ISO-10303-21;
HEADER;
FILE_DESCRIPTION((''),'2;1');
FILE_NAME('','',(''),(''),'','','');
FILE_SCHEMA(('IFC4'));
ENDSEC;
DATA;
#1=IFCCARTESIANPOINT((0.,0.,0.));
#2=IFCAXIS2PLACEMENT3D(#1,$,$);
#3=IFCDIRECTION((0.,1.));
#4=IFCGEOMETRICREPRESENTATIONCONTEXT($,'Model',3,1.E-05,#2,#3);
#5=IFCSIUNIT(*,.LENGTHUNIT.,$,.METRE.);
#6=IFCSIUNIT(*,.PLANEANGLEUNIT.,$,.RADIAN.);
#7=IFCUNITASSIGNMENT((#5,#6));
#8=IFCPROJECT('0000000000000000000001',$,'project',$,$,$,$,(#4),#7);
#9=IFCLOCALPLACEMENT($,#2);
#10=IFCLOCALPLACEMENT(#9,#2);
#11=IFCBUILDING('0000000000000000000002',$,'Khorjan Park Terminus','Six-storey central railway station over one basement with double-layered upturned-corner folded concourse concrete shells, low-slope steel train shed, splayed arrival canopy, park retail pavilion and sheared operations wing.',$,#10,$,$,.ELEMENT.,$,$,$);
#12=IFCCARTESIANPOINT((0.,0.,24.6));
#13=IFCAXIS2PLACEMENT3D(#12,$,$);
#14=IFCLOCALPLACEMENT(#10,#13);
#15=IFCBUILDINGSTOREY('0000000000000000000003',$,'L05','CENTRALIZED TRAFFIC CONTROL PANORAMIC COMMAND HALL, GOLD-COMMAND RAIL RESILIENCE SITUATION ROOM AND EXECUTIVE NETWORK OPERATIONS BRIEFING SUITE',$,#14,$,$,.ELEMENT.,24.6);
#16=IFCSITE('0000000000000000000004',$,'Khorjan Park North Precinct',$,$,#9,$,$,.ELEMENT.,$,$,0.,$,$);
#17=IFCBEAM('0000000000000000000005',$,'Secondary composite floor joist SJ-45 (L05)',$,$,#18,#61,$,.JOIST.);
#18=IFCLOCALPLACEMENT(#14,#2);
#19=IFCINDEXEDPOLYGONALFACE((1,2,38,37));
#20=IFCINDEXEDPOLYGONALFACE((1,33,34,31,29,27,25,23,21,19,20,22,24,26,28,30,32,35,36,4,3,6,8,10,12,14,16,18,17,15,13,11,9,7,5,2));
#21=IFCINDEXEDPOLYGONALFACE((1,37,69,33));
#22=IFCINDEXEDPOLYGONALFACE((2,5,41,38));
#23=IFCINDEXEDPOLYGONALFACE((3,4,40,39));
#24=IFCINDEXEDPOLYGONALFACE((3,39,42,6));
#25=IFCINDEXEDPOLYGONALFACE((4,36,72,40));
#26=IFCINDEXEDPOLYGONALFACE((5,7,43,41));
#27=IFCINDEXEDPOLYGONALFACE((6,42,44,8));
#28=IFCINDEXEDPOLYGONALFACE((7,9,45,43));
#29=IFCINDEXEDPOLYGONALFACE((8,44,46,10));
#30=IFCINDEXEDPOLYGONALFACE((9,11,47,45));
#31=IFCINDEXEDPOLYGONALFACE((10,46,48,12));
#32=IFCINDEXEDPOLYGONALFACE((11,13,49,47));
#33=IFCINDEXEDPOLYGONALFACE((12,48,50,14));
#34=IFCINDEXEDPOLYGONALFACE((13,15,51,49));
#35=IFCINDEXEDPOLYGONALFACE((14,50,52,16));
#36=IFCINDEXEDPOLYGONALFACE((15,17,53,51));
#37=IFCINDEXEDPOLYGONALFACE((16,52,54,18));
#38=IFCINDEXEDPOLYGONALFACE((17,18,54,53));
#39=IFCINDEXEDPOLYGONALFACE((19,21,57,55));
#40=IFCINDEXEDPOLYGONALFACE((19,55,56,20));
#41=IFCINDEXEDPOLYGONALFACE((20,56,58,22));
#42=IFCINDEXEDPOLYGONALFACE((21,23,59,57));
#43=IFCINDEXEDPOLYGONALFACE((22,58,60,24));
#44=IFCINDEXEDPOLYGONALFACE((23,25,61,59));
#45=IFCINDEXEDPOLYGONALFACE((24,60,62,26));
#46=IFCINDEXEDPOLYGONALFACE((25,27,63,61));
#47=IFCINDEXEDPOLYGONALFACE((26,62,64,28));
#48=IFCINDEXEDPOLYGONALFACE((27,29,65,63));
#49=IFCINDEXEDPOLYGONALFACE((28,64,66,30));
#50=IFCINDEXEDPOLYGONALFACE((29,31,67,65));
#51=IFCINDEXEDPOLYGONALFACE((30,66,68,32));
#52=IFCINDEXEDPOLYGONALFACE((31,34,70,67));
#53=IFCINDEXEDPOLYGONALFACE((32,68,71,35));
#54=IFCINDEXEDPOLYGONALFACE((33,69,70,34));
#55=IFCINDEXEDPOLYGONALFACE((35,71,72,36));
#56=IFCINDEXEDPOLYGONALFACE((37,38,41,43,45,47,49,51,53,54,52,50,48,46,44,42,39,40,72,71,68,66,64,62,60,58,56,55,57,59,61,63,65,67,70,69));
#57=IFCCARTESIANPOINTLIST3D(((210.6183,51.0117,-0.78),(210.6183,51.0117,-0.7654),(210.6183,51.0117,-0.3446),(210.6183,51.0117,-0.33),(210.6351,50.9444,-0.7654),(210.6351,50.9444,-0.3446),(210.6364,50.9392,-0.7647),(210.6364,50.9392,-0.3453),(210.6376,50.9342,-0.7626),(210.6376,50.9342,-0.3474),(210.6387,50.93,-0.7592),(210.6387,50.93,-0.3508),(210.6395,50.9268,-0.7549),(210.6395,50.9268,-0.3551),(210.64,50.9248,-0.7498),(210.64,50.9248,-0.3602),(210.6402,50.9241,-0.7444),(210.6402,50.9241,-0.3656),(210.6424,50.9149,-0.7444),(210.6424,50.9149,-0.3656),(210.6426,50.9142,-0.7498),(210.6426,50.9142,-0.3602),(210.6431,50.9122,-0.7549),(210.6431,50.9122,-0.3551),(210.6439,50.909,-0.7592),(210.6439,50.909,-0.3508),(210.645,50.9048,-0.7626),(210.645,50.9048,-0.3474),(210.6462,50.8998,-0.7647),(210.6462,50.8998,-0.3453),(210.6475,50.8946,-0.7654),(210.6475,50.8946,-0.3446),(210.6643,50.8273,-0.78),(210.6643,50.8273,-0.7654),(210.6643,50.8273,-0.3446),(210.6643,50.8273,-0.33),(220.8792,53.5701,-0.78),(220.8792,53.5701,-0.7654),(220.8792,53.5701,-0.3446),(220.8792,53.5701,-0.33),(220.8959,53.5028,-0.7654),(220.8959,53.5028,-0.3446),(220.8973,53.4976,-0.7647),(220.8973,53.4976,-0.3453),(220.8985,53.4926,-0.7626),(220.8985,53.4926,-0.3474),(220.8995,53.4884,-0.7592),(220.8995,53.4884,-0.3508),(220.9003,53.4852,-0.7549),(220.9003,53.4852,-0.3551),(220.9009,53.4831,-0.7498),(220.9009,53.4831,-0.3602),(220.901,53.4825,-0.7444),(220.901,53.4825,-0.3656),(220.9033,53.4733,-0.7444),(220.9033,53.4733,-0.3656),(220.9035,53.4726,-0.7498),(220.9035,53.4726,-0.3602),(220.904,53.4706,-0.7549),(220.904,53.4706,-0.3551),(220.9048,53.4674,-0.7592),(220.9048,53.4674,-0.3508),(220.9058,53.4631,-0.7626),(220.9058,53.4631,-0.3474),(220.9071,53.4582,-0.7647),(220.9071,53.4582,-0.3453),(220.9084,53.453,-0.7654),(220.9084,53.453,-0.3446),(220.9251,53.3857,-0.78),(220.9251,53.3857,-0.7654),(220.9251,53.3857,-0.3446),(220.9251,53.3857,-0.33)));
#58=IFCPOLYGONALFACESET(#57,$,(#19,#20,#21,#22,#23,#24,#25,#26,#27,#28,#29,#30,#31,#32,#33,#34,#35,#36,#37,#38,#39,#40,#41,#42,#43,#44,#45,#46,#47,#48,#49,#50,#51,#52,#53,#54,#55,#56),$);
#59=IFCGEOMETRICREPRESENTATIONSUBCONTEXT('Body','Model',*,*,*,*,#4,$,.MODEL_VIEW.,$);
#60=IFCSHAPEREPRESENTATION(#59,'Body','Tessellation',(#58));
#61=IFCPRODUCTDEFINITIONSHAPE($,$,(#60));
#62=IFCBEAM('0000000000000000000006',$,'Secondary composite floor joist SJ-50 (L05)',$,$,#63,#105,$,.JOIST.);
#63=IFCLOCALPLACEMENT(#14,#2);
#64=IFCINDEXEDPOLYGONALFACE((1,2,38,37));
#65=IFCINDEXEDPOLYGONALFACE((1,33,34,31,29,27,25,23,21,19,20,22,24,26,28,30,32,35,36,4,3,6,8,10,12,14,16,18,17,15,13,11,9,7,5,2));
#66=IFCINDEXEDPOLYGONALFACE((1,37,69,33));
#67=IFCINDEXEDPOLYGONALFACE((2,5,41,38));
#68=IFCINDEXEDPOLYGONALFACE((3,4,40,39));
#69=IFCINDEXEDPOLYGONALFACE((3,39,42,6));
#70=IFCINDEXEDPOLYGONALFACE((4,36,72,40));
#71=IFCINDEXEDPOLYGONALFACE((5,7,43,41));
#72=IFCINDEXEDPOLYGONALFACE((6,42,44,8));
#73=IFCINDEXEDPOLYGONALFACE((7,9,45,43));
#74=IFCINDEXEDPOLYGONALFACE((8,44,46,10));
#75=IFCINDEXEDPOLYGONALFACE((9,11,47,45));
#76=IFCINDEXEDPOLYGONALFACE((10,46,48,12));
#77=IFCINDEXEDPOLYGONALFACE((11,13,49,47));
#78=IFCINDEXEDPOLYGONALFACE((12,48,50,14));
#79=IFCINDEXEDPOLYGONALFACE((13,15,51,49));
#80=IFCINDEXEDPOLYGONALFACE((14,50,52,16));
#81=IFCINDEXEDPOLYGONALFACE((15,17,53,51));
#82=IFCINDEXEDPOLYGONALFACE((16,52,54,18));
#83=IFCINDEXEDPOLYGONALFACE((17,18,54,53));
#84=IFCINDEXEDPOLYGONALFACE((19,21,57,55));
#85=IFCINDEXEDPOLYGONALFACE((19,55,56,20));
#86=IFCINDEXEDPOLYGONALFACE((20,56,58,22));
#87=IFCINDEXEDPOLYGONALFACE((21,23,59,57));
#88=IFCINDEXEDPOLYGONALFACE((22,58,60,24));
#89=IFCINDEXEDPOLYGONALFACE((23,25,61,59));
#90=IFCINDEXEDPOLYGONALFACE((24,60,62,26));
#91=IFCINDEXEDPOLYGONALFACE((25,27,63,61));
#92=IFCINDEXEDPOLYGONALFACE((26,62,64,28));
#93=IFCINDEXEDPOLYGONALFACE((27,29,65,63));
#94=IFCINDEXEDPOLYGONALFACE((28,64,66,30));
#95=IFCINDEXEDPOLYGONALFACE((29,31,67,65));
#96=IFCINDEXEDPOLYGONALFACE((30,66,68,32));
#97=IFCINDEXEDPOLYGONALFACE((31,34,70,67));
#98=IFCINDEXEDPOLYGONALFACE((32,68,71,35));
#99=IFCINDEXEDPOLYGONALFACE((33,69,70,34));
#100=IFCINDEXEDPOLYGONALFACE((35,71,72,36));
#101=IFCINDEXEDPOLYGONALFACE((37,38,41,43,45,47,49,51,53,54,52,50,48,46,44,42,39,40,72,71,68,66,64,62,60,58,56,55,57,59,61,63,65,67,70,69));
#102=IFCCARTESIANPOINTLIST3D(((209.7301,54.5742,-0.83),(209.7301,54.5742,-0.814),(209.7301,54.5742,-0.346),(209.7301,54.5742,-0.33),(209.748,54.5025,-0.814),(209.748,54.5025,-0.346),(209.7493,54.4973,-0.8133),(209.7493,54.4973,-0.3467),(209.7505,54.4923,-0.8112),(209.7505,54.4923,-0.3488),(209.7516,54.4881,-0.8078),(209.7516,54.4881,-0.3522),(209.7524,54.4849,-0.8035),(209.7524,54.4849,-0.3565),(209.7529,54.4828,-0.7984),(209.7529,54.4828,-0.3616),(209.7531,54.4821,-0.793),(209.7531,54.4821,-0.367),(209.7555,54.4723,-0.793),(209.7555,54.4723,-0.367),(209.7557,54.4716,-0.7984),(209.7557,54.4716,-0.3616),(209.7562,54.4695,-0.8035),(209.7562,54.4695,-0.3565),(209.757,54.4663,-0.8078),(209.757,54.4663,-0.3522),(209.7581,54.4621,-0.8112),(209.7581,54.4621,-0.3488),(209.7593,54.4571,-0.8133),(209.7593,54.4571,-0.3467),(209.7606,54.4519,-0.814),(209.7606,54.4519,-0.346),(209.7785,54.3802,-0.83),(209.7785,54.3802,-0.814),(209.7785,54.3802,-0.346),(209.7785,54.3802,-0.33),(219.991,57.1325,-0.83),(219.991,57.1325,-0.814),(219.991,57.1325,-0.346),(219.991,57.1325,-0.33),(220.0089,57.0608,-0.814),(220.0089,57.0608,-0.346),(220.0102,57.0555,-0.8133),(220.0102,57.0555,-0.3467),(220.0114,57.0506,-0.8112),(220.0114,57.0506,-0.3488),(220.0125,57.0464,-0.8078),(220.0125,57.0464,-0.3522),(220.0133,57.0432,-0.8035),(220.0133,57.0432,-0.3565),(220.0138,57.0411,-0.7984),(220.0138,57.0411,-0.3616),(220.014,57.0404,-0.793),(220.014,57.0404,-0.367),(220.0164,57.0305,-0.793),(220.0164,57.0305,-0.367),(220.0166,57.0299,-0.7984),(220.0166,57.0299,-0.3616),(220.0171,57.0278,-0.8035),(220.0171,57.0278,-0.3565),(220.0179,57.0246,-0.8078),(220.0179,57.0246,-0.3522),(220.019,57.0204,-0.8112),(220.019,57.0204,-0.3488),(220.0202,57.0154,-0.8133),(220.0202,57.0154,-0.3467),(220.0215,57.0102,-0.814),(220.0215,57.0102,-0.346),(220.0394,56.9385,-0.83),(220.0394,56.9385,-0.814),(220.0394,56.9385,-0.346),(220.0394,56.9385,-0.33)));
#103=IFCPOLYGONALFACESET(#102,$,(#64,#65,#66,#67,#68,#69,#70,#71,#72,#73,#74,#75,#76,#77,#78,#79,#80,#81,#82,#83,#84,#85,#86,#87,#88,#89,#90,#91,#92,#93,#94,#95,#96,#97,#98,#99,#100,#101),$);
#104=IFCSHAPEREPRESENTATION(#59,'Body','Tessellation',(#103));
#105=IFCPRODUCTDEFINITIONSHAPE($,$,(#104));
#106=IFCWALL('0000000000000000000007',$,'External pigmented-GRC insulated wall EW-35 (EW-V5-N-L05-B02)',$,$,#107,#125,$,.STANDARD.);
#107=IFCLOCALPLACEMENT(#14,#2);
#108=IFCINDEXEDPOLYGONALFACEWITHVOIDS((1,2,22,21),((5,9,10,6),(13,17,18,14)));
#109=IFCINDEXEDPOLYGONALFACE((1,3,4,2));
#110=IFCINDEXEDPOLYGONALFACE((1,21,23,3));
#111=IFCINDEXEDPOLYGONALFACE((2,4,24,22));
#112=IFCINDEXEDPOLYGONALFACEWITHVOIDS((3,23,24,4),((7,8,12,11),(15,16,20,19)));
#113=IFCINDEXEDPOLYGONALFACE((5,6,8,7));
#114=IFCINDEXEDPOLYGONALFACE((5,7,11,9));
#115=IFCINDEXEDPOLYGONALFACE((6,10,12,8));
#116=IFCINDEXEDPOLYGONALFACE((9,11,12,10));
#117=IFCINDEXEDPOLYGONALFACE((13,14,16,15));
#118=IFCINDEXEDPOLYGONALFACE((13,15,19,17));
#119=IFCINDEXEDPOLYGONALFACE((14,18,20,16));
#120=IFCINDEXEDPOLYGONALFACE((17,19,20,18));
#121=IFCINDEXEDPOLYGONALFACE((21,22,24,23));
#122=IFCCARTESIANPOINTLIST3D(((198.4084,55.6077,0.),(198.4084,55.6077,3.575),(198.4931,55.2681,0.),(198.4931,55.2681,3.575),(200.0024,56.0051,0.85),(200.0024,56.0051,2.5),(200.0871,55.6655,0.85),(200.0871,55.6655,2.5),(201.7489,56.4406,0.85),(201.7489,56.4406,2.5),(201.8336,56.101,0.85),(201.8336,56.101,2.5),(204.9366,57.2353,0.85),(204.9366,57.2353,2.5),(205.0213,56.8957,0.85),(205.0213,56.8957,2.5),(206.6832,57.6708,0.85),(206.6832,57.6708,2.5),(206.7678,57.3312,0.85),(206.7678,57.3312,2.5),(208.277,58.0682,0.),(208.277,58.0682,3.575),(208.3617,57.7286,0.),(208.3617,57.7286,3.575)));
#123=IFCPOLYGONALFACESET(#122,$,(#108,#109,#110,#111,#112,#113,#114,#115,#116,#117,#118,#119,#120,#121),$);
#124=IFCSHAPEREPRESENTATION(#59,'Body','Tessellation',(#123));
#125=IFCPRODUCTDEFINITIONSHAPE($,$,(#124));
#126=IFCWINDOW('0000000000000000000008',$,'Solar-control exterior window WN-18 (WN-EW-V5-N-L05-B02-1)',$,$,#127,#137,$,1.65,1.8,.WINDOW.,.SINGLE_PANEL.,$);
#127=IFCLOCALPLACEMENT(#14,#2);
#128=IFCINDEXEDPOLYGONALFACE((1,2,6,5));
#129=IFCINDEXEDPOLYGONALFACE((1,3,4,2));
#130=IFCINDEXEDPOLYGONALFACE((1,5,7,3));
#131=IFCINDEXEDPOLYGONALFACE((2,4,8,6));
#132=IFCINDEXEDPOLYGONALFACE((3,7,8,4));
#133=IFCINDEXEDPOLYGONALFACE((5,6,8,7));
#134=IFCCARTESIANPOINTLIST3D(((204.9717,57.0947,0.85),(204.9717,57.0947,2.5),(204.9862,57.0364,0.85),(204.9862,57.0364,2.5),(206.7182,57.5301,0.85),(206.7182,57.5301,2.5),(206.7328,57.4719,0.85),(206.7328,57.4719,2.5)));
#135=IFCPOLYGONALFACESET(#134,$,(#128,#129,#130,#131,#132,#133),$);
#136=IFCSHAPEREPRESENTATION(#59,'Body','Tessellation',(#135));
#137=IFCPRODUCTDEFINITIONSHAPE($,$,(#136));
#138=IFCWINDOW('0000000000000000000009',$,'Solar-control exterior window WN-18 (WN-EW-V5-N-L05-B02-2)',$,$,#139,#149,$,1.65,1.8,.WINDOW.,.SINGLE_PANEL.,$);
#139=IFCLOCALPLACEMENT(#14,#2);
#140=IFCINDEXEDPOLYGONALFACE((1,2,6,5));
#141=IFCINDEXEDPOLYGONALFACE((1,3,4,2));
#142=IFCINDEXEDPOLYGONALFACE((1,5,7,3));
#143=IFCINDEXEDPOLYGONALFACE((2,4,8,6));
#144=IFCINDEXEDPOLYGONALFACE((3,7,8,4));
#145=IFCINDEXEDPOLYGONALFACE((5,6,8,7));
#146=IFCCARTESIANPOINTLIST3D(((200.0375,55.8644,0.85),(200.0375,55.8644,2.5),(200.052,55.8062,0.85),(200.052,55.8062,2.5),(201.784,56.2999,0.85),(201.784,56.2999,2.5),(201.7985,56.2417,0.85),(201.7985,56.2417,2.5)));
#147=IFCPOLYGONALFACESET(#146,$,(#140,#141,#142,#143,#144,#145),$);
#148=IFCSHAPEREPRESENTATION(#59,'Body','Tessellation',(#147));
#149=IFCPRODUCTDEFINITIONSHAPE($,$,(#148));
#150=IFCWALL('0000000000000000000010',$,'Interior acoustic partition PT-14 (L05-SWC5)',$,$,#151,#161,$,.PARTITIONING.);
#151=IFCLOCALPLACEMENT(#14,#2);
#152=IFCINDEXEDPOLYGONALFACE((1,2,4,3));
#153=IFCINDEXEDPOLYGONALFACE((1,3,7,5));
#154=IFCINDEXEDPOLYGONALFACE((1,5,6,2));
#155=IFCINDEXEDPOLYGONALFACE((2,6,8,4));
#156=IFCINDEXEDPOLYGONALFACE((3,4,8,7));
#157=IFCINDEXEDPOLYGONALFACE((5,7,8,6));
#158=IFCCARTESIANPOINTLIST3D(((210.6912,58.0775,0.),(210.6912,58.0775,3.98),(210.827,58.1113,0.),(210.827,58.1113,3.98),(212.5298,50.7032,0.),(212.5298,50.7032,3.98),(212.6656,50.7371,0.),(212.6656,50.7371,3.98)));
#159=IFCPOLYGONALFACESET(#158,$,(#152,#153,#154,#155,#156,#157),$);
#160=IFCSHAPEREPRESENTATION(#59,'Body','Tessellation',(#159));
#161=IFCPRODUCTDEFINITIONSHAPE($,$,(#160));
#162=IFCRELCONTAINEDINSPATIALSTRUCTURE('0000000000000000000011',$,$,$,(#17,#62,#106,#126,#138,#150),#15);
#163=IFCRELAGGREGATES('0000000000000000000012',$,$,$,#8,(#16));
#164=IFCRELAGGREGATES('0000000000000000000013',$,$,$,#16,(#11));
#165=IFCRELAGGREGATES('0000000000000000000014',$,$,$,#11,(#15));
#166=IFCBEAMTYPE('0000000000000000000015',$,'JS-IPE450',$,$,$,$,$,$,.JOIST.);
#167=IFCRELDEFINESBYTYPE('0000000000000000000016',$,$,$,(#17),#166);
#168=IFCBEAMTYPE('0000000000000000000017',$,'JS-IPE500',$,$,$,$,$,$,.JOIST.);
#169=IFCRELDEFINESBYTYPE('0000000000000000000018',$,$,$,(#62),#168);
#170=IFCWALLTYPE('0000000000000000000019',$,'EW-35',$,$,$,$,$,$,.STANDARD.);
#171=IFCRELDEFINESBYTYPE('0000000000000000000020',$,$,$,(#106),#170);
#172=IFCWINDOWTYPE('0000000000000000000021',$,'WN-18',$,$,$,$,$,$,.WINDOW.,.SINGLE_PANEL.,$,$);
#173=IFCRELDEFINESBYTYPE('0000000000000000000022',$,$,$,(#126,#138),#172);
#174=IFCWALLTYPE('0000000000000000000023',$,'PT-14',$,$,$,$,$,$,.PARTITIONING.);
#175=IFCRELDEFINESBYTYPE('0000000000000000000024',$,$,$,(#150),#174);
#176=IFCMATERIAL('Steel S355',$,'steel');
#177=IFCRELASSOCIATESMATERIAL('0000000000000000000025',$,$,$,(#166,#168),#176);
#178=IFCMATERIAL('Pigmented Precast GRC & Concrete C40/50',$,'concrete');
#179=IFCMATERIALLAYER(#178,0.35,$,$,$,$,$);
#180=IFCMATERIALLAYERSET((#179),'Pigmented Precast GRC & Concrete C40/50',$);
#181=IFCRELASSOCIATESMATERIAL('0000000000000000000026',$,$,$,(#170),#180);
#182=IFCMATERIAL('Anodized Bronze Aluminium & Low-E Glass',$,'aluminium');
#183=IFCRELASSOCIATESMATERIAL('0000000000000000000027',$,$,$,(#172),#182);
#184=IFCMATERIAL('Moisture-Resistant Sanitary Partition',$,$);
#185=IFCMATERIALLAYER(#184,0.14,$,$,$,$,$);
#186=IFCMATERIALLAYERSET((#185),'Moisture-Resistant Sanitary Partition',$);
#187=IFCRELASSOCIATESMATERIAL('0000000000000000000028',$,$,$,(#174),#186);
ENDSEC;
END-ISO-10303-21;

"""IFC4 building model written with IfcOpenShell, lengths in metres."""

from ifc_helpers import new_model, si_unit, direction, frame, frame_2d, origin, origin_2d, place, context, subcontext, project, spatial, rectangle, i_section, extrude, material, layer, layer_set, material_profile, profile_set, type_object, element, fill, save


model = new_model("IFC4")

# Units and contexts
model_context = context("Model", 3, precision=1e-05, world=origin(), true_north=direction((0.0, 1.0)))
body_context = subcontext(model_context, "Body", "Model", "MODEL_VIEW")
ifc_project = project(units=[si_unit("LENGTHUNIT", "METRE"), si_unit("PLANEANGLEUNIT", "RADIAN")], contexts=[model_context])

# Site, building, storey
site_placement = place(None, origin())
site = spatial("IfcSite", under=ifc_project, at=site_placement, Name="Khorjan Park North Precinct", CompositionType="ELEMENT", RefElevation=0.0)
building_placement = place(site_placement, origin())
building = spatial("IfcBuilding", under=site, at=building_placement, Name="Khorjan Park Terminus", Description="Six-storey central railway station over one basement with double-layered upturned-corner folded concourse concrete shells, low-slope steel train shed, splayed arrival canopy, park retail pavilion and sheared operations wing.", CompositionType="ELEMENT")
storey_placement = place(building_placement, frame((0.0, 0.0, 24.6)))
storey = spatial("IfcBuildingStorey", under=building, at=storey_placement, Name="L05", Description="CENTRALIZED TRAFFIC CONTROL PANORAMIC COMMAND HALL, GOLD-COMMAND RAIL RESILIENCE SITUATION ROOM AND EXECUTIVE NETWORK OPERATIONS BRIEFING SUITE", CompositionType="ELEMENT", Elevation=24.6)

# Beams
ifc_material_1 = material(Name="Steel S355", Category="steel")
ifc_material_profile_1 = material_profile(ifc_material_1, i_section(OverallWidth=0.19, OverallDepth=0.45, WebThickness=0.0094, FlangeThickness=0.0146, FilletRadius=0.021, at=origin_2d()), Name="IPE 450")
ifc_profile_set_1 = profile_set([ifc_material_profile_1], Name="Steel S355")
beam_type_1 = type_object("IfcBeamType", Name="JS-IPE450", PredefinedType="JOIST", material=ifc_profile_set_1)
beam_1_placement = place(storey_placement, frame((210.6413, 50.9195, -0.555), z_axis=(0.970294, 0.241928, 0.0), x_axis=(-0.241928, 0.970294, 0.0)))
element("IfcBeam", 1, at=beam_1_placement, inside=storey, type_object=beam_type_1, Name="Secondary composite floor joist SJ-45 (L05)", PredefinedType="JOIST", context=body_context, shape_type="SweptSolid", body=[
    extrude(i_section(OverallWidth=0.19, OverallDepth=0.45, WebThickness=0.0094, FlangeThickness=0.0146, FilletRadius=0.021, at=origin_2d()), origin(), (0.0, 0.0, 1.0), 10.575),
])
ifc_material_profile_2 = material_profile(ifc_material_1, i_section(OverallWidth=0.2, OverallDepth=0.5, WebThickness=0.0102, FlangeThickness=0.016, FilletRadius=0.021, at=origin_2d()), Name="IPE 500")
ifc_profile_set_2 = profile_set([ifc_material_profile_2], Name="Steel S355")
beam_type_2 = type_object("IfcBeamType", Name="JS-IPE500", PredefinedType="JOIST", material=ifc_profile_set_2)
beam_2_placement = place(storey_placement, frame((209.7543, 54.4772, -0.58), z_axis=(0.970296, 0.241919, 0.0), x_axis=(-0.241919, 0.970296, 0.0)))
element("IfcBeam", 2, at=beam_2_placement, inside=storey, type_object=beam_type_2, Name="Secondary composite floor joist SJ-50 (L05)", PredefinedType="JOIST", context=body_context, shape_type="SweptSolid", body=[
    extrude(i_section(OverallWidth=0.2, OverallDepth=0.5, WebThickness=0.0102, FlangeThickness=0.016, FilletRadius=0.021, at=origin_2d()), origin(), (0.0, 0.0, 1.0), 10.575),
])

# Wall, openings, windows
ifc_material_2 = material(Name="Pigmented Precast GRC & Concrete C40/50", Category="concrete")
ifc_layer_1 = layer(ifc_material_2, 0.35)
ifc_layer_set_1 = layer_set([ifc_layer_1], Name="Pigmented Precast GRC & Concrete C40/50")
wall_type_1 = type_object("IfcWallType", Name="EW-35", PredefinedType="STANDARD", material=ifc_layer_set_1)
wall_1_placement = place(storey_placement, frame((208.3194, 57.8984, 0.0), z_axis=(0.0, 0.0, 1.0), x_axis=(-0.970296, -0.24192, 0.0)))
wall_1 = element("IfcWall", 3, at=wall_1_placement, inside=storey, type_object=wall_type_1, Name="External pigmented-GRC insulated wall EW-35 (EW-V5-N-L05-B02)", PredefinedType="STANDARD", context=body_context, shape_type="SweptSolid", body=[
    extrude(rectangle(XDim=10.1707, YDim=0.35, at=frame_2d((5.0854, 0.0))), origin(), (0.0, 0.0, 1.0), 3.575),
])
opening_1_placement = place(wall_1_placement, frame((1.6427, 0.0, 0.85)))
opening_1 = element("IfcOpeningElement", 4, at=opening_1_placement, cuts=wall_1, PredefinedType="OPENING", context=body_context, shape_type="SweptSolid", body=[
    extrude(rectangle(XDim=1.8, YDim=1.65, at=frame_2d((0.9, 0.825))), frame((0.0, 0.185, 0.0), z_axis=(0.0, -1.0, 0.0), x_axis=(1.0, 0.0, 0.0)), (0.0, 0.0, 1.0), 0.37),
])
opening_2_placement = place(wall_1_placement, frame((6.728, 0.0, 0.85)))
opening_2 = element("IfcOpeningElement", 5, at=opening_2_placement, cuts=wall_1, PredefinedType="OPENING", context=body_context, shape_type="SweptSolid", body=[
    extrude(rectangle(XDim=1.8, YDim=1.65, at=frame_2d((0.9, 0.825))), frame((0.0, 0.185, 0.0), z_axis=(0.0, -1.0, 0.0), x_axis=(1.0, 0.0, 0.0)), (0.0, 0.0, 1.0), 0.37),
])
ifc_material_3 = material(Name="Anodized Bronze Aluminium & Low-E Glass", Category="aluminium")
window_type = type_object("IfcWindowType", Name="WN-18", PartitioningType="SINGLE_PANEL", PredefinedType="WINDOW", material=ifc_material_3)
window_1_placement = place(opening_1_placement, origin())
window_1 = element("IfcWindow", 6, at=window_1_placement, inside=storey, type_object=window_type, Name="Solar-control exterior window WN-18 (WN-EW-V5-N-L05-B02-1)", OverallHeight=1.65, OverallWidth=1.8, PartitioningType="SINGLE_PANEL", PredefinedType="WINDOW", context=body_context, shape_type="SweptSolid", body=[
    extrude(rectangle(XDim=1.8, YDim=1.65, at=frame_2d((0.9, 0.825))), frame((0.0, 0.03, 0.0), z_axis=(0.0, -1.0, 0.0), x_axis=(1.0, 0.0, 0.0)), (0.0, 0.0, 1.0), 0.06),
])
fill(opening_1, window_1)
window_2_placement = place(opening_2_placement, origin())
window_2 = element("IfcWindow", 7, at=window_2_placement, inside=storey, type_object=window_type, Name="Solar-control exterior window WN-18 (WN-EW-V5-N-L05-B02-2)", OverallHeight=1.65, OverallWidth=1.8, PartitioningType="SINGLE_PANEL", PredefinedType="WINDOW", context=body_context, shape_type="SweptSolid", body=[
    extrude(rectangle(XDim=1.8, YDim=1.65, at=frame_2d((0.9, 0.825))), frame((0.0, 0.03, 0.0), z_axis=(0.0, -1.0, 0.0), x_axis=(1.0, 0.0, 0.0)), (0.0, 0.0, 1.0), 0.06),
])
fill(opening_2, window_2)

# Wall
ifc_material_4 = material(Name="Moisture-Resistant Sanitary Partition")
ifc_layer_2 = layer(ifc_material_4, 0.14)
ifc_layer_set_2 = layer_set([ifc_layer_2], Name="Moisture-Resistant Sanitary Partition")
wall_type_2 = type_object("IfcWallType", Name="PT-14", PredefinedType="PARTITIONING", material=ifc_layer_set_2)
wall_2_placement = place(storey_placement, frame((210.7591, 58.0944, 0.0), z_axis=(0.0, 0.0, 1.0), x_axis=(0.241923, -0.970296, 0.0)))
element("IfcWall", 8, at=wall_2_placement, inside=storey, type_object=wall_type_2, Name="Interior acoustic partition PT-14 (L05-SWC5)", PredefinedType="PARTITIONING", context=body_context, shape_type="SweptSolid", body=[
    extrude(rectangle(XDim=7.6, YDim=0.14, at=frame_2d((3.8, 0.0))), origin(), (0.0, 0.0, 1.0), 3.98),
])

save(model, "model.ifc")
